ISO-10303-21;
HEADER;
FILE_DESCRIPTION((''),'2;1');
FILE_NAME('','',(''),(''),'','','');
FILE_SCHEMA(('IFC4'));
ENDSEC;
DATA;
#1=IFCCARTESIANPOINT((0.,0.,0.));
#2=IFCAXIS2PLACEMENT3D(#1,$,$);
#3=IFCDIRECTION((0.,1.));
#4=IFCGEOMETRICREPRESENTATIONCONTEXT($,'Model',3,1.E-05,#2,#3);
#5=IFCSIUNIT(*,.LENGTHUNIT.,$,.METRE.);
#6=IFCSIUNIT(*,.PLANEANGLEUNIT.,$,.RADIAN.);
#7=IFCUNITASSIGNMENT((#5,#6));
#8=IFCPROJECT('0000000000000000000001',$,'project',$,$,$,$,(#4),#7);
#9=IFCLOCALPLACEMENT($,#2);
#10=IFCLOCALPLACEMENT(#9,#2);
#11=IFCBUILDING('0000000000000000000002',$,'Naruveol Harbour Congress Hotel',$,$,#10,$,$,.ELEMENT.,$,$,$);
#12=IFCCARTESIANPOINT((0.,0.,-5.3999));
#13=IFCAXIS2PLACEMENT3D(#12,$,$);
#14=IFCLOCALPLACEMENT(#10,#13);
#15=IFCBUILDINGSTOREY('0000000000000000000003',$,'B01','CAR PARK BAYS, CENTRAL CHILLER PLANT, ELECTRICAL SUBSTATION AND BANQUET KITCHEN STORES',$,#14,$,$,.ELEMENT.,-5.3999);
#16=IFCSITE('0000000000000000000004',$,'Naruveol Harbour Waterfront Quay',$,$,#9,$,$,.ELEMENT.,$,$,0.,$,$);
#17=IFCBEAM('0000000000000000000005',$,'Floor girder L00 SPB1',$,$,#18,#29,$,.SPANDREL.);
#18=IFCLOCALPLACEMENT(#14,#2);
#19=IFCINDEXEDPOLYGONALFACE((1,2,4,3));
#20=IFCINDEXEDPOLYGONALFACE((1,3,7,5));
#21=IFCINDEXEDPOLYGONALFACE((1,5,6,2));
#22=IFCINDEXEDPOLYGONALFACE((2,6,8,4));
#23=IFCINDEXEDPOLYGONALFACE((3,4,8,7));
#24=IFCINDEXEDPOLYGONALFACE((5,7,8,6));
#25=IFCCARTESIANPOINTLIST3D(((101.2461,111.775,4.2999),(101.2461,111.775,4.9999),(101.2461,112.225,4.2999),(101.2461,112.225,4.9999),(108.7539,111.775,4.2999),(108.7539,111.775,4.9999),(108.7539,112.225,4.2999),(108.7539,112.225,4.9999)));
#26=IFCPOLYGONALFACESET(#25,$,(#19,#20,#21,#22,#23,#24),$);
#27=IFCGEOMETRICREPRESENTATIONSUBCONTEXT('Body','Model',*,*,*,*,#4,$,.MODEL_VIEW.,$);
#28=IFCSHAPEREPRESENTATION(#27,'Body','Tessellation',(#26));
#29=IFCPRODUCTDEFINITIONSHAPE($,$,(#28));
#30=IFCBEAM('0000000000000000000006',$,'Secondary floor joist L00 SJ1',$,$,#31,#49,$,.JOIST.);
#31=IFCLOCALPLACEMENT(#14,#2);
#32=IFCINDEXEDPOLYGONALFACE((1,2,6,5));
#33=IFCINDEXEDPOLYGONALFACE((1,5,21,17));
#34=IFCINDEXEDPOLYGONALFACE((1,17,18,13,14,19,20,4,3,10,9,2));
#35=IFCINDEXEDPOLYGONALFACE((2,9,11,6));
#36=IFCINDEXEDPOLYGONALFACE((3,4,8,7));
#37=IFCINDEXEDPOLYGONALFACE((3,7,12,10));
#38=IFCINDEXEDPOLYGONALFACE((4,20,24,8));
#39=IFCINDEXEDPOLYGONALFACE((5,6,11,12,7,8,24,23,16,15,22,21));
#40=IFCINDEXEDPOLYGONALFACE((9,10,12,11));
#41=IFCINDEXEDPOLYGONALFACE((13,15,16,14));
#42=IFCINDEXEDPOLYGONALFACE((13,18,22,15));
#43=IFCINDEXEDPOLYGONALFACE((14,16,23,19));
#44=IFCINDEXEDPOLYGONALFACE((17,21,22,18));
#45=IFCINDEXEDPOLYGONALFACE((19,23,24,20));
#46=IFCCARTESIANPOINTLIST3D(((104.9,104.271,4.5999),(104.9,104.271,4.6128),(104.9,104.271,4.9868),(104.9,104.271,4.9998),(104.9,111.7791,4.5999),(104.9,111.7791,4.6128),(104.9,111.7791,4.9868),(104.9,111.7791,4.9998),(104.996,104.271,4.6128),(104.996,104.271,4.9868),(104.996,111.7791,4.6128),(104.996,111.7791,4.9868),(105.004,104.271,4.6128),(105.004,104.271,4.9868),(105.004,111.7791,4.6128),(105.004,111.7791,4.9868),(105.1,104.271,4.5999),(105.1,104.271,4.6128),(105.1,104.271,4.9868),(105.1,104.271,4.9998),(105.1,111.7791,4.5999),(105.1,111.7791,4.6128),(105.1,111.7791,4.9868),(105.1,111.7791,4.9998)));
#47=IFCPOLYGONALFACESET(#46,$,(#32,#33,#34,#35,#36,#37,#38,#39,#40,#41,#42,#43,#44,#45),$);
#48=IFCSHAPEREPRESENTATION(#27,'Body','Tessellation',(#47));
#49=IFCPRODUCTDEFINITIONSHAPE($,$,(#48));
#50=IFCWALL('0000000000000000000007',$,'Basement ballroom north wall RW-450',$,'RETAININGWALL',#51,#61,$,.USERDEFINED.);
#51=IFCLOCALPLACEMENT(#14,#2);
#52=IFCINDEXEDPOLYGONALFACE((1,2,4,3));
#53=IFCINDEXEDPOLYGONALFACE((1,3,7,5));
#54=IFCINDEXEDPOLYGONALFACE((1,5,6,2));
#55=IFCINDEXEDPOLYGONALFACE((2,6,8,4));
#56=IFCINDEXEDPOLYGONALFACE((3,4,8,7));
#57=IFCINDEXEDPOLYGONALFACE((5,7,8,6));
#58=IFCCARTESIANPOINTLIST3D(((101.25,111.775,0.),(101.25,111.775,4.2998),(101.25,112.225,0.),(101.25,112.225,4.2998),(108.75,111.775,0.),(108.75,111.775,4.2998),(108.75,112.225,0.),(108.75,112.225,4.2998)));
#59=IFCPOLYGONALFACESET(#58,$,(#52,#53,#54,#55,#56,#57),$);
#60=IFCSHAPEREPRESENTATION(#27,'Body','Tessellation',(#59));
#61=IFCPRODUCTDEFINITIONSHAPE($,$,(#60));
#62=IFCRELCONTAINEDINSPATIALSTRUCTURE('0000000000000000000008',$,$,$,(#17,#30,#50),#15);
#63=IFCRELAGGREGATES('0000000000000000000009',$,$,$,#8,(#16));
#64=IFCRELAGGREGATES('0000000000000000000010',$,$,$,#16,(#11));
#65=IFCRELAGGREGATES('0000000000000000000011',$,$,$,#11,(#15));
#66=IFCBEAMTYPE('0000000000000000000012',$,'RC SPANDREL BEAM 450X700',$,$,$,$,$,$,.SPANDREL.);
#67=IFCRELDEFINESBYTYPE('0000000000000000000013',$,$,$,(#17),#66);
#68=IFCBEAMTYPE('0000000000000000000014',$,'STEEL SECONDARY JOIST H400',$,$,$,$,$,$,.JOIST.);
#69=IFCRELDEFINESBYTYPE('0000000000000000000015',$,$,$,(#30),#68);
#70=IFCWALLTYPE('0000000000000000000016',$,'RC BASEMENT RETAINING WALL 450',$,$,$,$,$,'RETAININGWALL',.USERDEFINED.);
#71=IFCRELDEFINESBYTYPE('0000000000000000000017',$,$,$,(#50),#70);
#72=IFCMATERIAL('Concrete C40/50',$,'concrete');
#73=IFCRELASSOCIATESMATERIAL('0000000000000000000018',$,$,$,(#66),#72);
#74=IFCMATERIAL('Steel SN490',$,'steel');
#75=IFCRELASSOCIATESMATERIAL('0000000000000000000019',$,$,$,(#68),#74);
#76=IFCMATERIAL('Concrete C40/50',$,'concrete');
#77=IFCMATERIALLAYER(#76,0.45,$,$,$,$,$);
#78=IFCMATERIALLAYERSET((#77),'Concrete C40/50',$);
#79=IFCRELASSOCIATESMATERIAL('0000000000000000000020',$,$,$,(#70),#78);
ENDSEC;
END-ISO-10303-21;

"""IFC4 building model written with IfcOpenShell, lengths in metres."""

from ifc_helpers import new_model, si_unit, direction, frame, frame_2d, origin, origin_2d, place, context, subcontext, project, spatial, rectangle, i_section, extrude, material, layer, layer_set, material_profile, profile_set, type_object, element, save


model = new_model("IFC4")

# Units and contexts
model_context = context("Model", 3, precision=1e-05, world=origin(), true_north=direction((0.0, 1.0)))
body_context = subcontext(model_context, "Body", "Model", "MODEL_VIEW")
ifc_project = project(units=[si_unit("LENGTHUNIT", "METRE"), si_unit("PLANEANGLEUNIT", "RADIAN")], contexts=[model_context])

# Site, building, storey
site_placement = place(None, origin())
site = spatial("IfcSite", under=ifc_project, at=site_placement, Name="Naruveol Harbour Waterfront Quay", CompositionType="ELEMENT", RefElevation=0.0)
building_placement = place(site_placement, origin())
building = spatial("IfcBuilding", under=site, at=building_placement, Name="Naruveol Harbour Congress Hotel", CompositionType="ELEMENT")
storey_placement = place(building_placement, frame((0.0, 0.0, -5.3999)))
storey = spatial("IfcBuildingStorey", under=building, at=storey_placement, Name="B01", Description="CAR PARK BAYS, CENTRAL CHILLER PLANT, ELECTRICAL SUBSTATION AND BANQUET KITCHEN STORES", CompositionType="ELEMENT", Elevation=-5.3999)

# Beams
ifc_material_1 = material(Name="Concrete C40/50", Category="concrete")
ifc_material_profile_1 = material_profile(ifc_material_1, rectangle(XDim=0.45, YDim=0.7, at=origin_2d()), Name="RCB-450x700")
ifc_profile_set_1 = profile_set([ifc_material_profile_1], Name="Concrete C40/50")
beam_type_1 = type_object("IfcBeamType", Name="RC SPANDREL BEAM 450X700", PredefinedType="SPANDREL", material=ifc_profile_set_1)
beam_1_placement = place(storey_placement, frame((101.2461, 112.0, 4.6499), z_axis=(1.0, 0.0, 0.0), x_axis=(0.0, 1.0, 0.0)))
element("IfcBeam", 1, at=beam_1_placement, inside=storey, type_object=beam_type_1, Name="Floor girder L00 SPB1", PredefinedType="SPANDREL", context=body_context, shape_type="SweptSolid", body=[
    extrude(rectangle(XDim=0.45, YDim=0.7, at=origin_2d()), origin(), (0.0, 0.0, 1.0), 7.5078),
])
ifc_material_2 = material(Name="Steel SN490", Category="steel")
ifc_material_profile_2 = material_profile(ifc_material_2, i_section(OverallWidth=0.2, OverallDepth=0.3999, WebThickness=0.0081, FlangeThickness=0.0129, at=origin_2d()), Name="H-400x200x8x13")
ifc_profile_set_2 = profile_set([ifc_material_profile_2], Name="Steel SN490")
beam_type_2 = type_object("IfcBeamType", Name="STEEL SECONDARY JOIST H400", PredefinedType="JOIST", material=ifc_profile_set_2)
beam_2_placement = place(storey_placement, frame((105.0, 104.271, 4.7998), z_axis=(0.0, 1.0, 0.0), x_axis=(-1.0, 0.0, 0.0)))
element("IfcBeam", 2, at=beam_2_placement, inside=storey, type_object=beam_type_2, Name="Secondary floor joist L00 SJ1", PredefinedType="JOIST", context=body_context, shape_type="SweptSolid", body=[
    extrude(i_section(OverallWidth=0.2, OverallDepth=0.3999, WebThickness=0.0081, FlangeThickness=0.0129, at=origin_2d()), origin(), (0.0, 0.0, 1.0), 7.5081),
])

# Wall
ifc_material_3 = material(Name="Concrete C40/50", Category="concrete")
ifc_layer = layer(ifc_material_3, 0.45)
ifc_layer_set = layer_set([ifc_layer], Name="Concrete C40/50")
wall_type = type_object("IfcWallType", Name="RC BASEMENT RETAINING WALL 450", ElementType="RETAININGWALL", PredefinedType="USERDEFINED", material=ifc_layer_set)
wall_placement = place(storey_placement, frame((101.25, 112.0, 0.0), z_axis=(0.0, 0.0, 1.0), x_axis=(1.0, 0.0, 0.0)))
element("IfcWall", 3, at=wall_placement, inside=storey, type_object=wall_type, Name="Basement ballroom north wall RW-450", ObjectType="RETAININGWALL", PredefinedType="USERDEFINED", context=body_context, shape_type="SweptSolid", body=[
    extrude(rectangle(XDim=7.5, YDim=0.45, at=frame_2d((3.75, 0.0))), origin(), (0.0, 0.0, 1.0), 4.2998),
])

save(model, "model.ifc")
